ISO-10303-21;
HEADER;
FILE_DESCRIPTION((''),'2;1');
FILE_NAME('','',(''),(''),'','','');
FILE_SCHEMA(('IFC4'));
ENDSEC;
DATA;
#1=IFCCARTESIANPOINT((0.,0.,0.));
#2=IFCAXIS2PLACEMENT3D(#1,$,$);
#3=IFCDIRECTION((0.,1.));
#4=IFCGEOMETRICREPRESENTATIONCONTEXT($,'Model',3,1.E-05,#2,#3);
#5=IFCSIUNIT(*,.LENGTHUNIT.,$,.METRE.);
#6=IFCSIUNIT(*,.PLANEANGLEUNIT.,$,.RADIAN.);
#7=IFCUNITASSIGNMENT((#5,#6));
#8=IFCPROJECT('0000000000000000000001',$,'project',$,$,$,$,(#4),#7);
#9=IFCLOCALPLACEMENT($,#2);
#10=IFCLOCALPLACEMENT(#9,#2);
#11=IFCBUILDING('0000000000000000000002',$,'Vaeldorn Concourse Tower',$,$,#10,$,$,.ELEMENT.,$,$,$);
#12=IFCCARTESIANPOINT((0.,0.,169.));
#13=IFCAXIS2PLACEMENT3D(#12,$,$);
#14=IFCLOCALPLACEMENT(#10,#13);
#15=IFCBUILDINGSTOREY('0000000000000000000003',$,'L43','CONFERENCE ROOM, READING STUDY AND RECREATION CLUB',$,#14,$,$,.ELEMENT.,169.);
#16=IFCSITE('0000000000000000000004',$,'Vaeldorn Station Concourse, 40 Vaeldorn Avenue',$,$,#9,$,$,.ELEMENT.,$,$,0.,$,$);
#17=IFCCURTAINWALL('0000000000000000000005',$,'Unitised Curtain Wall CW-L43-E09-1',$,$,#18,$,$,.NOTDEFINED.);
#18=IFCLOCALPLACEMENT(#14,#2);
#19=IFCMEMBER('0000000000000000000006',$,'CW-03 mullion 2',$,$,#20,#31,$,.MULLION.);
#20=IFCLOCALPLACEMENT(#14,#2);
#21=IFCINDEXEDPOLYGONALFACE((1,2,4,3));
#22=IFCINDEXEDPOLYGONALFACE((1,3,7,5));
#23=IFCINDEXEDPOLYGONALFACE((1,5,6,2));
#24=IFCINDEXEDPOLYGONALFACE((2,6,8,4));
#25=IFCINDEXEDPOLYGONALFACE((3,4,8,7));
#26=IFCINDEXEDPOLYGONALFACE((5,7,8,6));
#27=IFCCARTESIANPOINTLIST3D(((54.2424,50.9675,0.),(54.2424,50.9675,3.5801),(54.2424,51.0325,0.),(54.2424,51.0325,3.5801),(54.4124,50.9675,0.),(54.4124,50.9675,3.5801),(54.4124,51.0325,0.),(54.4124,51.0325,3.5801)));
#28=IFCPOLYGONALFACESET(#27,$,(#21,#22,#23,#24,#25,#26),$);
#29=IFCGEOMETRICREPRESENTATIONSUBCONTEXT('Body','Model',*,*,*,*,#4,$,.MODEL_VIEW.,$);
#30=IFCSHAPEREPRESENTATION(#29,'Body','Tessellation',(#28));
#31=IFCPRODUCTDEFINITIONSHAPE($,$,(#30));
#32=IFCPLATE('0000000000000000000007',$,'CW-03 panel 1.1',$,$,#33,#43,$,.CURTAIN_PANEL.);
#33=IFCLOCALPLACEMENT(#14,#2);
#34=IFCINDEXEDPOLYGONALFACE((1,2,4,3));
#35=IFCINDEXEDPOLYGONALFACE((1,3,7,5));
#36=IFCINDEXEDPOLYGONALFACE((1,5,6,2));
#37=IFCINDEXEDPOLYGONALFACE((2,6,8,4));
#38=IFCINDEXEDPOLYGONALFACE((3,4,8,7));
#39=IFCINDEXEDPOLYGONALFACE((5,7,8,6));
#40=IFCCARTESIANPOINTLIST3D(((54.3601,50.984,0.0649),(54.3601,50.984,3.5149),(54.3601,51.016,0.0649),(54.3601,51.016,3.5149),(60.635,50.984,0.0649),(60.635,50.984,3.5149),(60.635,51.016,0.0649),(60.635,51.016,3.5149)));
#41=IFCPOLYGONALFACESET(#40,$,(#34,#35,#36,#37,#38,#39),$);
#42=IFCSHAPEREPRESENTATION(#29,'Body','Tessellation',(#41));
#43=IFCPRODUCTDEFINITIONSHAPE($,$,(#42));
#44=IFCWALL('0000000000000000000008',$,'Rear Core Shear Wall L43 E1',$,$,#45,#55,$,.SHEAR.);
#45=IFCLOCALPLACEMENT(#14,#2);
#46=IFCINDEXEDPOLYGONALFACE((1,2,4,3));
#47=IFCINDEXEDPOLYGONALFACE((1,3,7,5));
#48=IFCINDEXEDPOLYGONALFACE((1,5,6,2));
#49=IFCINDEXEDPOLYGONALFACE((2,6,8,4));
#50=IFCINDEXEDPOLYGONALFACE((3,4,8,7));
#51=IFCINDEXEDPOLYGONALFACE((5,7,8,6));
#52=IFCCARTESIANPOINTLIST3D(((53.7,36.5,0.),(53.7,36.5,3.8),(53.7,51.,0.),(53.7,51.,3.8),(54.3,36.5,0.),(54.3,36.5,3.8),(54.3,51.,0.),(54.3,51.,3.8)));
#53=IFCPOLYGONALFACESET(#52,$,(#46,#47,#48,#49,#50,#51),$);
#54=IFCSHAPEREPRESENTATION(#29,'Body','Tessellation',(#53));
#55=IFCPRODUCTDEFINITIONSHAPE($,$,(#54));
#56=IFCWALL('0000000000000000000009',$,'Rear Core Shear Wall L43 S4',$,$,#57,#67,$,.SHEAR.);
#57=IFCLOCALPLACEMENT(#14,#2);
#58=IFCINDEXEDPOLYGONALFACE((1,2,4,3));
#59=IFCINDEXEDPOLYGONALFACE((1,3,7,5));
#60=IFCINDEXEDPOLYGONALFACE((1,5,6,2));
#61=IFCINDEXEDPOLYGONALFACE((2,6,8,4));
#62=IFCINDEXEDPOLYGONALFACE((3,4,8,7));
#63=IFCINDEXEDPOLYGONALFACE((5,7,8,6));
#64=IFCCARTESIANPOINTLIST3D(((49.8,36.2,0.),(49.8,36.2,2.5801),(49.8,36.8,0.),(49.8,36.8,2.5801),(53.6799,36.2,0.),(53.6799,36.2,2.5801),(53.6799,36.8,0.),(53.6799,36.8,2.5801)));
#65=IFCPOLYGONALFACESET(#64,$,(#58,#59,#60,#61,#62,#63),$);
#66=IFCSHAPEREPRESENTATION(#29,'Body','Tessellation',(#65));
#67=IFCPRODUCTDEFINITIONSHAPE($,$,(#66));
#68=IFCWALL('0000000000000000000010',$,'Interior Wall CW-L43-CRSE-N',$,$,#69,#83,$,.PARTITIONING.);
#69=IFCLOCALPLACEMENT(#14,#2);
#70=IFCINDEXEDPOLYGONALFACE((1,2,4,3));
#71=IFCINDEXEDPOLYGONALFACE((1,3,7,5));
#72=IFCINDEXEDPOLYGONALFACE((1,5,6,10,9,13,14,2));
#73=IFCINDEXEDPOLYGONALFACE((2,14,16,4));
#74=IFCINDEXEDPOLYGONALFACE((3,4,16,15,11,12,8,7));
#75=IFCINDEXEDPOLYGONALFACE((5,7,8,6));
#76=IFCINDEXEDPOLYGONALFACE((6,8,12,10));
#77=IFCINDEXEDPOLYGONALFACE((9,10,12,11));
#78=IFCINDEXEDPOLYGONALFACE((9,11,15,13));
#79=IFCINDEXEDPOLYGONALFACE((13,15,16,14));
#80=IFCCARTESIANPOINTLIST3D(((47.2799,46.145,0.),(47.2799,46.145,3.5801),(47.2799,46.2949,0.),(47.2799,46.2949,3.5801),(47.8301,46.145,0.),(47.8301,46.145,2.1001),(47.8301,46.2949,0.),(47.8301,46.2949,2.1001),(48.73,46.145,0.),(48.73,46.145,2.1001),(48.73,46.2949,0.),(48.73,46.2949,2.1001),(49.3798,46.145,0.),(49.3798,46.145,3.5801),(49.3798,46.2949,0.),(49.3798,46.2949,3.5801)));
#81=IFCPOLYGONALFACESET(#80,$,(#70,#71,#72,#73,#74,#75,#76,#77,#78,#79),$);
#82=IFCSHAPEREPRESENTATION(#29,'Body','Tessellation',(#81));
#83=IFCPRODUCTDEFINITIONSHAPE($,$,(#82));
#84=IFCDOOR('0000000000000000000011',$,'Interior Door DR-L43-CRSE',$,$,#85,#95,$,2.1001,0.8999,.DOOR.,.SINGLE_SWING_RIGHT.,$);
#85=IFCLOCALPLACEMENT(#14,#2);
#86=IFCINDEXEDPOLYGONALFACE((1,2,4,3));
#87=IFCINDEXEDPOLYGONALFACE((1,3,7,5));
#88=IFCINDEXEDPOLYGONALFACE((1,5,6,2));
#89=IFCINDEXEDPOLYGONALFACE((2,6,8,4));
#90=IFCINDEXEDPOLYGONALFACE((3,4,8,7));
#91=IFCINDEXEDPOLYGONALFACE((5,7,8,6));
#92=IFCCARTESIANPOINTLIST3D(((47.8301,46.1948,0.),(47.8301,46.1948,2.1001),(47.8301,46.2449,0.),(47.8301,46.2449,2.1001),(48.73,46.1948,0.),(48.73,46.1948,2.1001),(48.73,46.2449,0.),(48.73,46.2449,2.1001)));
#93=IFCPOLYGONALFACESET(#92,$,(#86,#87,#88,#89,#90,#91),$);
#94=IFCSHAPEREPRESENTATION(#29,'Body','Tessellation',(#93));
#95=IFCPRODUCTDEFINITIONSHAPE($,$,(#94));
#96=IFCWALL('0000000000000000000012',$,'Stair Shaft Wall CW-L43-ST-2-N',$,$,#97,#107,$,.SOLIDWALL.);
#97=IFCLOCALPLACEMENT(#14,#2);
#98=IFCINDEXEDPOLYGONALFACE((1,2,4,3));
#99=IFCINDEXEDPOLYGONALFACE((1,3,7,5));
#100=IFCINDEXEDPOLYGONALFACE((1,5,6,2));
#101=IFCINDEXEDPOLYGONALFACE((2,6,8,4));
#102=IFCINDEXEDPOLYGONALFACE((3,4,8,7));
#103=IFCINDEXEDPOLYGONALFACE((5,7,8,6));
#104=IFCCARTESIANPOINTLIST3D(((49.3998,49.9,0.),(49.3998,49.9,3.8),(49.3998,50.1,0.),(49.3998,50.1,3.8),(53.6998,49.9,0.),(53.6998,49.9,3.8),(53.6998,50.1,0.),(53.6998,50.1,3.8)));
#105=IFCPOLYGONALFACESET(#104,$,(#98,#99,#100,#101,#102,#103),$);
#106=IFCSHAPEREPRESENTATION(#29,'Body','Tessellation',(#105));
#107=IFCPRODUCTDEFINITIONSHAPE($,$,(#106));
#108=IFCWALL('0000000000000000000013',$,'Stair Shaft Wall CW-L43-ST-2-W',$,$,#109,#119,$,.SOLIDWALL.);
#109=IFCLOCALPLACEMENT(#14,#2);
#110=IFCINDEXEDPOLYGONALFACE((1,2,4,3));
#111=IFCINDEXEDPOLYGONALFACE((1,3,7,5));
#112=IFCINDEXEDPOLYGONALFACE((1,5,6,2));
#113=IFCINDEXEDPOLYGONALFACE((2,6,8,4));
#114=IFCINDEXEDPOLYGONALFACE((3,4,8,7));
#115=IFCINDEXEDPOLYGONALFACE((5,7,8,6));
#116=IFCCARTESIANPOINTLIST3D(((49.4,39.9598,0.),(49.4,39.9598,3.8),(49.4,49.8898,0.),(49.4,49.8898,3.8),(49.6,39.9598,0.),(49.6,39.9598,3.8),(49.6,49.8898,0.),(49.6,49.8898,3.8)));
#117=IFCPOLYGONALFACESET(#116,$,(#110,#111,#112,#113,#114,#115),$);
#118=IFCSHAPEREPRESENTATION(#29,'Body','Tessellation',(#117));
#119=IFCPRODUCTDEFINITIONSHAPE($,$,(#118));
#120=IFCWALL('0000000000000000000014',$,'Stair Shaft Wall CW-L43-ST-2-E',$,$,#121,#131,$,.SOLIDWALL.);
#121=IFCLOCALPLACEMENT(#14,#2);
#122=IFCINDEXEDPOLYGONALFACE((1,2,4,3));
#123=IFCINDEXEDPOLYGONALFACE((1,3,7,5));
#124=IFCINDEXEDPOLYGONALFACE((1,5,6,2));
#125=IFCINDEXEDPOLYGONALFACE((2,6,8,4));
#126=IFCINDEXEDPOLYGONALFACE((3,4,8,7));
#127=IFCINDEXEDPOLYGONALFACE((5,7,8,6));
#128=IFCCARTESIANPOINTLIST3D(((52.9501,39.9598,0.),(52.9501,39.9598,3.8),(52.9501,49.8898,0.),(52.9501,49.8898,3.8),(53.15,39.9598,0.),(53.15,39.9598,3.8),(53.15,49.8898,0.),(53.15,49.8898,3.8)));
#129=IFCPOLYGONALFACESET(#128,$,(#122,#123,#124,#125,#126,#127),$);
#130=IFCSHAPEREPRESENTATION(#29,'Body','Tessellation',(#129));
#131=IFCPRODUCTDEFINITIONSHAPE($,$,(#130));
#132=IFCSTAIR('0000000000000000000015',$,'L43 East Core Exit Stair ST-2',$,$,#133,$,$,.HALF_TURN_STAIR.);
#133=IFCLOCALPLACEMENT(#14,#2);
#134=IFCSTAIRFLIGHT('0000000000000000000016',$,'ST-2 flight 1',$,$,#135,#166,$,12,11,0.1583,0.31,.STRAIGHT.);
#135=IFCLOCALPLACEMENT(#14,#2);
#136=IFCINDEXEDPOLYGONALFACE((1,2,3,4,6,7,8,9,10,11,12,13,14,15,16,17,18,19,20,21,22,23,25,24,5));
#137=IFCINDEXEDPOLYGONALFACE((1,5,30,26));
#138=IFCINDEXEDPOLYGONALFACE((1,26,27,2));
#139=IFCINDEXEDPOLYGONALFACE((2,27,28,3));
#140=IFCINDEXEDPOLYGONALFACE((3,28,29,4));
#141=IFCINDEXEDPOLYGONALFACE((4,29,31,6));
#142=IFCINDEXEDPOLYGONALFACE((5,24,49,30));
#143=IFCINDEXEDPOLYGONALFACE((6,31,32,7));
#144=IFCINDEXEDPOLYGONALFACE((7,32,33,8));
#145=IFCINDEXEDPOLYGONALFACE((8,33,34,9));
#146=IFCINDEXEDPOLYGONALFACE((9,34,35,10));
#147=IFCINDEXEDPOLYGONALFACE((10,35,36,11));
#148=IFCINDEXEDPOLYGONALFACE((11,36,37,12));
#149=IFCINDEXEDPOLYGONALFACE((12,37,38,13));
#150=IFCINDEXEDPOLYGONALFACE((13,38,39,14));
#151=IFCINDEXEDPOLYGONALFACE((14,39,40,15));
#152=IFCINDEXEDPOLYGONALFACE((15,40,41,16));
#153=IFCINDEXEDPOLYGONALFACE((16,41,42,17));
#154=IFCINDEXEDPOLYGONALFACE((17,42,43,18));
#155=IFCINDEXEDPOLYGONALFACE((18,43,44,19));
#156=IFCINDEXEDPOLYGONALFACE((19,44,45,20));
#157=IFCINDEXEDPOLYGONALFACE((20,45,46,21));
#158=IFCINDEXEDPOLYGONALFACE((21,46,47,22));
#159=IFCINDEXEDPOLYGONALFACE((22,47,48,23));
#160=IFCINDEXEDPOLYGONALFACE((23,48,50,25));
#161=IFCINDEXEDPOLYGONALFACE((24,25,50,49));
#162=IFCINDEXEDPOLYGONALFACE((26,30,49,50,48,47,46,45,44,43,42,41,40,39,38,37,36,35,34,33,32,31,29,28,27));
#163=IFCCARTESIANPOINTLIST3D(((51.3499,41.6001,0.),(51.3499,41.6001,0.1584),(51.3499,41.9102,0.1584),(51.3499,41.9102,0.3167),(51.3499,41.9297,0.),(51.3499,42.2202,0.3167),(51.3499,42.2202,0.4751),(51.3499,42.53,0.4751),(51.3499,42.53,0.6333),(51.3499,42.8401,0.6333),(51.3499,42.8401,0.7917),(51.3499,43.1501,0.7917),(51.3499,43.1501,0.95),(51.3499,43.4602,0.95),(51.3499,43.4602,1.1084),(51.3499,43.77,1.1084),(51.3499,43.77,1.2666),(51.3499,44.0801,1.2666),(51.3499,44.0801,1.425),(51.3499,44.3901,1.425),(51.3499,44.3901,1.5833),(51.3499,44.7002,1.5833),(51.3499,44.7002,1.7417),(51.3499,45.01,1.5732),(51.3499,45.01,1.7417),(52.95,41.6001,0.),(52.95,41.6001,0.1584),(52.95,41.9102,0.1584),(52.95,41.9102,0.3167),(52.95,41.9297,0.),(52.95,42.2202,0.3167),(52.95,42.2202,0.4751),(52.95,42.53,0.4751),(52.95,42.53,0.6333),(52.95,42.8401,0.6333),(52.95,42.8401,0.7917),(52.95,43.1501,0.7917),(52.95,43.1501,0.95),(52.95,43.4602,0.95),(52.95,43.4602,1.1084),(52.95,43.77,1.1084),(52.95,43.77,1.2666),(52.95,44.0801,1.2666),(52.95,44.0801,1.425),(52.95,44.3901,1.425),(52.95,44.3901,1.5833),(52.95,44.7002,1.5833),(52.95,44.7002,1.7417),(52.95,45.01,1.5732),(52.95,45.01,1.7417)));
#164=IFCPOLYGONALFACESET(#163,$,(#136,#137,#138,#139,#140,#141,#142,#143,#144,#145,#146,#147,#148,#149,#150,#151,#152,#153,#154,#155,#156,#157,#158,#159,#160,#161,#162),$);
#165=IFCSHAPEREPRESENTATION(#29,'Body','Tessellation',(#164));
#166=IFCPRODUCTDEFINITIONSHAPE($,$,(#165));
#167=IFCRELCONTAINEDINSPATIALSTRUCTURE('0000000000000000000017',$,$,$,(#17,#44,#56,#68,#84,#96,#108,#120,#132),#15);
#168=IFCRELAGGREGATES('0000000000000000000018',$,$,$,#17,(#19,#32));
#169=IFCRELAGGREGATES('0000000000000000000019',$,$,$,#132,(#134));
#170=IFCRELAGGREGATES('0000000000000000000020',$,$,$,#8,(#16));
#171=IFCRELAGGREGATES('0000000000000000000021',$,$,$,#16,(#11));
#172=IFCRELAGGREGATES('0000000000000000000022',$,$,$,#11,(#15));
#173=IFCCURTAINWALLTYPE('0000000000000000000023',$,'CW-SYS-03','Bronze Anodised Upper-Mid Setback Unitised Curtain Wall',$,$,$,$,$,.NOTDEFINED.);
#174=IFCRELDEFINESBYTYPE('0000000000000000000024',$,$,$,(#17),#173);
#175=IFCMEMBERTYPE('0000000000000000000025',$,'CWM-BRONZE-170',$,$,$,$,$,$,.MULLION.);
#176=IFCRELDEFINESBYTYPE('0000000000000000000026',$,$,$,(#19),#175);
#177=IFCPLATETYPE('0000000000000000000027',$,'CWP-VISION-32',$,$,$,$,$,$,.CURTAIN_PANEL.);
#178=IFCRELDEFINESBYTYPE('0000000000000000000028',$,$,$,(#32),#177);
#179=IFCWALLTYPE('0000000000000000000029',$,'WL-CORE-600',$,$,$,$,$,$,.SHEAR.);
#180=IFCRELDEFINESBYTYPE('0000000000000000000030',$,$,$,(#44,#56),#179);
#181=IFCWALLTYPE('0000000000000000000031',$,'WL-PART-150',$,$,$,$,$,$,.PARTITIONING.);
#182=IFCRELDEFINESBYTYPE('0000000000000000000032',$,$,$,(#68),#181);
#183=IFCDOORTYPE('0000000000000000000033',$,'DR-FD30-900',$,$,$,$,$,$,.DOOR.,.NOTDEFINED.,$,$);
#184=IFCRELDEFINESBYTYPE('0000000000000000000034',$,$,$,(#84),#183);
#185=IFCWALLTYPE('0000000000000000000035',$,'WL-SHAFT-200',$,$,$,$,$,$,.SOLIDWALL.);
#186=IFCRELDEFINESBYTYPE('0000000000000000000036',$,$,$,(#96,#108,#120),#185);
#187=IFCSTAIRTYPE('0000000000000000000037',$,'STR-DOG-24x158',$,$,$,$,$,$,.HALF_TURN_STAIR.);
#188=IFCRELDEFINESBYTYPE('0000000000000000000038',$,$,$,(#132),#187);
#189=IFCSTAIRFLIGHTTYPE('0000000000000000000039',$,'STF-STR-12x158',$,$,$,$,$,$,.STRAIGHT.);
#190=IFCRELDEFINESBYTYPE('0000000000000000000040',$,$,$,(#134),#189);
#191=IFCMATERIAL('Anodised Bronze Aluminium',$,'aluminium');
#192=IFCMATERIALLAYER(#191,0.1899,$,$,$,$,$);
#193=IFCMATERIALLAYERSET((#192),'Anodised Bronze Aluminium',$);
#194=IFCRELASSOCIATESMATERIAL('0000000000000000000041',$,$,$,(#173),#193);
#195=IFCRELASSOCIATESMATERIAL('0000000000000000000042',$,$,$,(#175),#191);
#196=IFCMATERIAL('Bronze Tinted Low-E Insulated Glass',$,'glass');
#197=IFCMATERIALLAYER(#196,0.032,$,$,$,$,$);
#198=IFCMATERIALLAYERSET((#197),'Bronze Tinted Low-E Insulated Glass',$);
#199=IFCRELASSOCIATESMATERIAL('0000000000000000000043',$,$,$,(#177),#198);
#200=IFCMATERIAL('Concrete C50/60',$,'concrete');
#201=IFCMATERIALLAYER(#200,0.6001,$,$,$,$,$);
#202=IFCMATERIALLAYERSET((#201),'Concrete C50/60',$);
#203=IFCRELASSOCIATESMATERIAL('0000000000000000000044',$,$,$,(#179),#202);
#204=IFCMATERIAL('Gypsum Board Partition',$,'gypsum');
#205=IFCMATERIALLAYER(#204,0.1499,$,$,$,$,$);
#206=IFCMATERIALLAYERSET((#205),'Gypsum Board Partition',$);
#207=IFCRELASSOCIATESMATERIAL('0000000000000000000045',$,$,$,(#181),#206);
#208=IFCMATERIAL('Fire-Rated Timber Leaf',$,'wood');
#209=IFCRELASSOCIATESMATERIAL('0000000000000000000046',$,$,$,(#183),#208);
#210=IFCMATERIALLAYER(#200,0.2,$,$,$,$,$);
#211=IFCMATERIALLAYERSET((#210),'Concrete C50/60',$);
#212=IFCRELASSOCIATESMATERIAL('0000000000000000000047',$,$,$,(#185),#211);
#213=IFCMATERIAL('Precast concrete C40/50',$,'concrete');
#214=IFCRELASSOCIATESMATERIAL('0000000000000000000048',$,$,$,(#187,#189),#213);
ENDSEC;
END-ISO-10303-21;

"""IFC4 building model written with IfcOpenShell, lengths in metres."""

from ifc_helpers import new_model, si_unit, direction, frame, frame_2d, origin, origin_2d, place, context, subcontext, project, spatial, polyline, rectangle, outline, extrude, source, transform, mapped, material, layer, layer_set, material_profile, profile_set, type_object, element, fill, aggregate, save


model = new_model("IFC4")

# Units and contexts
model_context = context("Model", 3, precision=1e-05, world=origin(), true_north=direction((0.0, 1.0)))
body_context = subcontext(model_context, "Body", "Model", "MODEL_VIEW")
ifc_project = project(units=[si_unit("LENGTHUNIT", "METRE"), si_unit("PLANEANGLEUNIT", "RADIAN")], contexts=[model_context])

# Site, building, storey
site_placement = place(None, origin())
site = spatial("IfcSite", under=ifc_project, at=site_placement, Name="Vaeldorn Station Concourse, 40 Vaeldorn Avenue", CompositionType="ELEMENT", RefElevation=0.0)
building_placement = place(site_placement, origin())
building = spatial("IfcBuilding", under=site, at=building_placement, Name="Vaeldorn Concourse Tower", CompositionType="ELEMENT")
storey_placement = place(building_placement, frame((0.0, 0.0, 169.0)))
storey = spatial("IfcBuildingStorey", under=building, at=storey_placement, Name="L43", Description="CONFERENCE ROOM, READING STUDY AND RECREATION CLUB", CompositionType="ELEMENT", Elevation=169.0)

# Shared definitions
ifc_material_1 = material(Name="Concrete C50/60", Category="concrete")

# Curtain wall, member, plate
ifc_material_2 = material(Name="Anodised Bronze Aluminium", Category="aluminium")
ifc_layer_1 = layer(ifc_material_2, 0.1899)
ifc_layer_set_1 = layer_set([ifc_layer_1], Name="Anodised Bronze Aluminium")
curtain_wall_type = type_object("IfcCurtainWallType", Name="CW-SYS-03", Description="Bronze Anodised Upper-Mid Setback Unitised Curtain Wall", PredefinedType="NOTDEFINED", material=ifc_layer_set_1)
curtain_wall_placement = place(storey_placement, origin())
curtain_wall = element("IfcCurtainWall", 1, at=curtain_wall_placement, inside=storey, type_object=curtain_wall_type, Name="Unitised Curtain Wall CW-L43-E09-1", PredefinedType="NOTDEFINED")
ifc_material_profile_1 = material_profile(ifc_material_2, rectangle(XDim=0.0649, YDim=0.1699, at=origin_2d()), Name="CWM 65x170")
ifc_profile_set_1 = profile_set([ifc_material_profile_1], Name="Anodised Bronze Aluminium")
member_type = type_object("IfcMemberType", Name="CWM-BRONZE-170", PredefinedType="MULLION", material=ifc_profile_set_1)
shared_shape_1 = source(origin(), body_context, "Body", "SweptSolid", [
    extrude(rectangle(XDim=0.0649, YDim=0.1699, at=origin_2d()), origin(), (0.0, 0.0, 1.0), 3.5801),
])
member_placement = place(storey_placement, frame((54.3274, 51.0, 0.0), z_axis=(0.0, 0.0, 1.0), x_axis=(0.0, -1.0, 0.0)))
member = element("IfcMember", 2, at=member_placement, type_object=member_type, Name="CW-03 mullion 2", PredefinedType="MULLION", context=body_context, shape_type="MappedRepresentation", body=[
    mapped(shared_shape_1, transform((0.0, 0.0, 0.0), scale=1.0)),
])
ifc_material_3 = material(Name="Bronze Tinted Low-E Insulated Glass", Category="glass")
ifc_layer_2 = layer(ifc_material_3, 0.032)
ifc_layer_set_2 = layer_set([ifc_layer_2], Name="Bronze Tinted Low-E Insulated Glass")
plate_type = type_object("IfcPlateType", Name="CWP-VISION-32", PredefinedType="CURTAIN_PANEL", material=ifc_layer_set_2)
shared_shape_2 = source(origin(), body_context, "Body", "SweptSolid", [
    extrude(rectangle(XDim=6.2749, YDim=0.032, at=origin_2d()), origin(), (0.0, 0.0, 1.0), 3.45),
])
plate_placement = place(storey_placement, frame((57.4976, 51.0, 0.0649), z_axis=(0.0, 0.0, 1.0), x_axis=(-1.0, 0.0, 0.0)))
plate = element("IfcPlate", 3, at=plate_placement, type_object=plate_type, Name="CW-03 panel 1.1", PredefinedType="CURTAIN_PANEL", context=body_context, shape_type="MappedRepresentation", body=[
    mapped(shared_shape_2, transform((0.0, 0.0, 0.0), scale=1.0)),
])
aggregate(curtain_wall, [member, plate])

# Walls
ifc_layer_3 = layer(ifc_material_1, 0.6001)
ifc_layer_set_3 = layer_set([ifc_layer_3], Name="Concrete C50/60")
wall_type_1 = type_object("IfcWallType", Name="WL-CORE-600", PredefinedType="SHEAR", material=ifc_layer_set_3)
wall_1_placement = place(storey_placement, frame((54.0, 36.5, 0.0), z_axis=(0.0, 0.0, 1.0), x_axis=(0.0, 1.0, 0.0)))
element("IfcWall", 4, at=wall_1_placement, inside=storey, type_object=wall_type_1, Name="Rear Core Shear Wall L43 E1", PredefinedType="SHEAR", context=body_context, shape_type="SweptSolid", body=[
    extrude(rectangle(XDim=14.5, YDim=0.6001, at=frame_2d((7.25, 0.0))), origin(), (0.0, 0.0, 1.0), 3.8),
])
wall_2_placement = place(storey_placement, frame((49.8, 36.5, 0.0), z_axis=(0.0, 0.0, 1.0), x_axis=(1.0, 0.0, 0.0)))
element("IfcWall", 5, at=wall_2_placement, inside=storey, type_object=wall_type_1, Name="Rear Core Shear Wall L43 S4", PredefinedType="SHEAR", context=body_context, shape_type="SweptSolid", body=[
    extrude(rectangle(XDim=3.8799, YDim=0.6001, at=frame_2d((1.9399, 0.0))), origin(), (0.0, 0.0, 1.0), 2.5801),
])

# Wall, opening, door
ifc_material_4 = material(Name="Gypsum Board Partition", Category="gypsum")
ifc_layer_4 = layer(ifc_material_4, 0.1499)
ifc_layer_set_4 = layer_set([ifc_layer_4], Name="Gypsum Board Partition")
wall_type_2 = type_object("IfcWallType", Name="WL-PART-150", PredefinedType="PARTITIONING", material=ifc_layer_set_4)
wall_3_placement = place(storey_placement, frame((47.28, 46.22, 0.0), z_axis=(0.0, 0.0, 1.0), x_axis=(1.0, 0.0, 0.0)))
wall_3 = element("IfcWall", 6, at=wall_3_placement, inside=storey, type_object=wall_type_2, Name="Interior Wall CW-L43-CRSE-N", PredefinedType="PARTITIONING", context=body_context, shape_type="SweptSolid", body=[
    extrude(rectangle(XDim=2.0999, YDim=0.1499, at=frame_2d((1.0498, 0.0))), origin(), (0.0, 0.0, 1.0), 3.5801),
])
opening_1_placement = place(wall_3_placement, frame((0.55, 0.0, 0.0)))
opening_1 = element("IfcOpeningElement", 7, at=opening_1_placement, cuts=wall_3, PredefinedType="OPENING", context=body_context, shape_type="SweptSolid", body=[
    extrude(rectangle(XDim=0.8999, YDim=2.1001, at=frame_2d((0.45, 1.05))), frame((0.0, 0.085, 0.0), z_axis=(0.0, -1.0, 0.0), x_axis=(1.0, 0.0, 0.0)), (0.0, 0.0, 1.0), 0.1699),
])
ifc_material_5 = material(Name="Fire-Rated Timber Leaf", Category="wood")
door_type_1 = type_object("IfcDoorType", Name="DR-FD30-900", OperationType="NOTDEFINED", PredefinedType="DOOR", material=ifc_material_5)
shared_shape_3 = source(origin(), body_context, "Body", "SweptSolid", [
    extrude(rectangle(XDim=0.8999, YDim=2.1001, at=frame_2d((0.45, 1.05))), frame((0.0, 0.0249, 0.0), z_axis=(0.0, -1.0, 0.0), x_axis=(1.0, 0.0, 0.0)), (0.0, 0.0, 1.0), 0.05),
])
door_1_placement = place(opening_1_placement, origin())
door_1 = element("IfcDoor", 8, at=door_1_placement, inside=storey, type_object=door_type_1, Name="Interior Door DR-L43-CRSE", OperationType="SINGLE_SWING_RIGHT", OverallHeight=2.1001, OverallWidth=0.8999, PredefinedType="DOOR", context=body_context, shape_type="MappedRepresentation", body=[
    mapped(shared_shape_3, transform((0.0, 0.0, 0.0), scale=1.0)),
])
fill(opening_1, door_1)
ifc_layer_5 = layer(ifc_material_1, 0.2)
ifc_layer_set_5 = layer_set([ifc_layer_5], Name="Concrete C50/60")
wall_type_3 = type_object("IfcWallType", Name="WL-SHAFT-200", PredefinedType="SOLIDWALL", material=ifc_layer_set_5)

# Walls
wall_4_placement = place(storey_placement, frame((49.3999, 50.0, 0.0), z_axis=(0.0, 0.0, 1.0), x_axis=(1.0, 0.0, 0.0)))
element("IfcWall", 9, at=wall_4_placement, inside=storey, type_object=wall_type_3, Name="Stair Shaft Wall CW-L43-ST-2-N", PredefinedType="SOLIDWALL", context=body_context, shape_type="SweptSolid", body=[
    extrude(rectangle(XDim=4.3, YDim=0.2, at=frame_2d((2.1499, 0.0))), origin(), (0.0, 0.0, 1.0), 3.8),
])
for number, where, z_axis, x_axis, name in (
    (10, (49.5, 39.96, 0.0), (0.0, 0.0, 1.0), (0.0, 1.0, 0.0), "Stair Shaft Wall CW-L43-ST-2-W"),
    (11, (53.05, 39.96, 0.0), (0.0, 0.0, 1.0), (0.0, 1.0, 0.0), "Stair Shaft Wall CW-L43-ST-2-E"),
):
    element("IfcWall", number, at=place(storey_placement, frame(where, z_axis=z_axis, x_axis=x_axis)), inside=storey, type_object=wall_type_3, Name=name, PredefinedType="SOLIDWALL", context=body_context, shape_type="SweptSolid", body=[
        extrude(rectangle(XDim=9.9299, YDim=0.2, at=frame_2d((4.9648, 0.0))), origin(), (0.0, 0.0, 1.0), 3.8),
    ])

# Stair, stair flight
ifc_material_6 = material(Name="Precast concrete C40/50", Category="concrete")
stair_type = type_object("IfcStairType", Name="STR-DOG-24x158", PredefinedType="HALF_TURN_STAIR", material=ifc_material_6)
stair_placement = place(storey_placement, origin())
stair = element("IfcStair", 12, at=stair_placement, inside=storey, type_object=stair_type, Name="L43 East Core Exit Stair ST-2", PredefinedType="HALF_TURN_STAIR")
stair_flight_type = type_object("IfcStairFlightType", Name="STF-STR-12x158", PredefinedType="STRAIGHT", material=ifc_material_6)
stair_flight_1_placement = place(storey_placement, frame((52.1499, 41.6001, 0.0), z_axis=(0.0, 0.0, 1.0), x_axis=(0.0, 1.0, 0.0)))
stair_flight_1 = element("IfcStairFlight", 13, at=stair_flight_1_placement, type_object=stair_flight_type, Name="ST-2 flight 1", NumberOfRisers=12, NumberOfTreads=11, PredefinedType="STRAIGHT", RiserHeight=0.1583, TreadLength=0.31, context=body_context, shape_type="SweptSolid", body=[
    extrude(outline(polyline([(0.0, 0.0), (0.0, 0.1584), (0.3101, 0.1584), (0.3101, 0.3167), (0.6201, 0.3167), (0.6201, 0.4751), (0.9299, 0.4751), (0.9299, 0.6333), (1.24, 0.6333), (1.24, 0.7917), (1.55, 0.7917), (1.55, 0.95), (1.8601, 0.95), (1.8601, 1.1084), (2.1699, 1.1084), (2.1699, 1.2666), (2.48, 1.2666), (2.48, 1.425), (2.79, 1.425), (2.79, 1.5833), (3.1001, 1.5833), (3.1001, 1.7417), (3.4099, 1.7417), (3.4099, 1.8999), (3.4099, 1.5732), (0.3296, 0.0), (0.0, 0.0)])), frame((0.0, 0.8, 0.0), z_axis=(0.0, -1.0, 0.0), x_axis=(1.0, 0.0, 0.0)), (0.0, 0.0, 1.0), 1.6001),
])
aggregate(stair, [stair_flight_1])

save(model, "model.ifc")
